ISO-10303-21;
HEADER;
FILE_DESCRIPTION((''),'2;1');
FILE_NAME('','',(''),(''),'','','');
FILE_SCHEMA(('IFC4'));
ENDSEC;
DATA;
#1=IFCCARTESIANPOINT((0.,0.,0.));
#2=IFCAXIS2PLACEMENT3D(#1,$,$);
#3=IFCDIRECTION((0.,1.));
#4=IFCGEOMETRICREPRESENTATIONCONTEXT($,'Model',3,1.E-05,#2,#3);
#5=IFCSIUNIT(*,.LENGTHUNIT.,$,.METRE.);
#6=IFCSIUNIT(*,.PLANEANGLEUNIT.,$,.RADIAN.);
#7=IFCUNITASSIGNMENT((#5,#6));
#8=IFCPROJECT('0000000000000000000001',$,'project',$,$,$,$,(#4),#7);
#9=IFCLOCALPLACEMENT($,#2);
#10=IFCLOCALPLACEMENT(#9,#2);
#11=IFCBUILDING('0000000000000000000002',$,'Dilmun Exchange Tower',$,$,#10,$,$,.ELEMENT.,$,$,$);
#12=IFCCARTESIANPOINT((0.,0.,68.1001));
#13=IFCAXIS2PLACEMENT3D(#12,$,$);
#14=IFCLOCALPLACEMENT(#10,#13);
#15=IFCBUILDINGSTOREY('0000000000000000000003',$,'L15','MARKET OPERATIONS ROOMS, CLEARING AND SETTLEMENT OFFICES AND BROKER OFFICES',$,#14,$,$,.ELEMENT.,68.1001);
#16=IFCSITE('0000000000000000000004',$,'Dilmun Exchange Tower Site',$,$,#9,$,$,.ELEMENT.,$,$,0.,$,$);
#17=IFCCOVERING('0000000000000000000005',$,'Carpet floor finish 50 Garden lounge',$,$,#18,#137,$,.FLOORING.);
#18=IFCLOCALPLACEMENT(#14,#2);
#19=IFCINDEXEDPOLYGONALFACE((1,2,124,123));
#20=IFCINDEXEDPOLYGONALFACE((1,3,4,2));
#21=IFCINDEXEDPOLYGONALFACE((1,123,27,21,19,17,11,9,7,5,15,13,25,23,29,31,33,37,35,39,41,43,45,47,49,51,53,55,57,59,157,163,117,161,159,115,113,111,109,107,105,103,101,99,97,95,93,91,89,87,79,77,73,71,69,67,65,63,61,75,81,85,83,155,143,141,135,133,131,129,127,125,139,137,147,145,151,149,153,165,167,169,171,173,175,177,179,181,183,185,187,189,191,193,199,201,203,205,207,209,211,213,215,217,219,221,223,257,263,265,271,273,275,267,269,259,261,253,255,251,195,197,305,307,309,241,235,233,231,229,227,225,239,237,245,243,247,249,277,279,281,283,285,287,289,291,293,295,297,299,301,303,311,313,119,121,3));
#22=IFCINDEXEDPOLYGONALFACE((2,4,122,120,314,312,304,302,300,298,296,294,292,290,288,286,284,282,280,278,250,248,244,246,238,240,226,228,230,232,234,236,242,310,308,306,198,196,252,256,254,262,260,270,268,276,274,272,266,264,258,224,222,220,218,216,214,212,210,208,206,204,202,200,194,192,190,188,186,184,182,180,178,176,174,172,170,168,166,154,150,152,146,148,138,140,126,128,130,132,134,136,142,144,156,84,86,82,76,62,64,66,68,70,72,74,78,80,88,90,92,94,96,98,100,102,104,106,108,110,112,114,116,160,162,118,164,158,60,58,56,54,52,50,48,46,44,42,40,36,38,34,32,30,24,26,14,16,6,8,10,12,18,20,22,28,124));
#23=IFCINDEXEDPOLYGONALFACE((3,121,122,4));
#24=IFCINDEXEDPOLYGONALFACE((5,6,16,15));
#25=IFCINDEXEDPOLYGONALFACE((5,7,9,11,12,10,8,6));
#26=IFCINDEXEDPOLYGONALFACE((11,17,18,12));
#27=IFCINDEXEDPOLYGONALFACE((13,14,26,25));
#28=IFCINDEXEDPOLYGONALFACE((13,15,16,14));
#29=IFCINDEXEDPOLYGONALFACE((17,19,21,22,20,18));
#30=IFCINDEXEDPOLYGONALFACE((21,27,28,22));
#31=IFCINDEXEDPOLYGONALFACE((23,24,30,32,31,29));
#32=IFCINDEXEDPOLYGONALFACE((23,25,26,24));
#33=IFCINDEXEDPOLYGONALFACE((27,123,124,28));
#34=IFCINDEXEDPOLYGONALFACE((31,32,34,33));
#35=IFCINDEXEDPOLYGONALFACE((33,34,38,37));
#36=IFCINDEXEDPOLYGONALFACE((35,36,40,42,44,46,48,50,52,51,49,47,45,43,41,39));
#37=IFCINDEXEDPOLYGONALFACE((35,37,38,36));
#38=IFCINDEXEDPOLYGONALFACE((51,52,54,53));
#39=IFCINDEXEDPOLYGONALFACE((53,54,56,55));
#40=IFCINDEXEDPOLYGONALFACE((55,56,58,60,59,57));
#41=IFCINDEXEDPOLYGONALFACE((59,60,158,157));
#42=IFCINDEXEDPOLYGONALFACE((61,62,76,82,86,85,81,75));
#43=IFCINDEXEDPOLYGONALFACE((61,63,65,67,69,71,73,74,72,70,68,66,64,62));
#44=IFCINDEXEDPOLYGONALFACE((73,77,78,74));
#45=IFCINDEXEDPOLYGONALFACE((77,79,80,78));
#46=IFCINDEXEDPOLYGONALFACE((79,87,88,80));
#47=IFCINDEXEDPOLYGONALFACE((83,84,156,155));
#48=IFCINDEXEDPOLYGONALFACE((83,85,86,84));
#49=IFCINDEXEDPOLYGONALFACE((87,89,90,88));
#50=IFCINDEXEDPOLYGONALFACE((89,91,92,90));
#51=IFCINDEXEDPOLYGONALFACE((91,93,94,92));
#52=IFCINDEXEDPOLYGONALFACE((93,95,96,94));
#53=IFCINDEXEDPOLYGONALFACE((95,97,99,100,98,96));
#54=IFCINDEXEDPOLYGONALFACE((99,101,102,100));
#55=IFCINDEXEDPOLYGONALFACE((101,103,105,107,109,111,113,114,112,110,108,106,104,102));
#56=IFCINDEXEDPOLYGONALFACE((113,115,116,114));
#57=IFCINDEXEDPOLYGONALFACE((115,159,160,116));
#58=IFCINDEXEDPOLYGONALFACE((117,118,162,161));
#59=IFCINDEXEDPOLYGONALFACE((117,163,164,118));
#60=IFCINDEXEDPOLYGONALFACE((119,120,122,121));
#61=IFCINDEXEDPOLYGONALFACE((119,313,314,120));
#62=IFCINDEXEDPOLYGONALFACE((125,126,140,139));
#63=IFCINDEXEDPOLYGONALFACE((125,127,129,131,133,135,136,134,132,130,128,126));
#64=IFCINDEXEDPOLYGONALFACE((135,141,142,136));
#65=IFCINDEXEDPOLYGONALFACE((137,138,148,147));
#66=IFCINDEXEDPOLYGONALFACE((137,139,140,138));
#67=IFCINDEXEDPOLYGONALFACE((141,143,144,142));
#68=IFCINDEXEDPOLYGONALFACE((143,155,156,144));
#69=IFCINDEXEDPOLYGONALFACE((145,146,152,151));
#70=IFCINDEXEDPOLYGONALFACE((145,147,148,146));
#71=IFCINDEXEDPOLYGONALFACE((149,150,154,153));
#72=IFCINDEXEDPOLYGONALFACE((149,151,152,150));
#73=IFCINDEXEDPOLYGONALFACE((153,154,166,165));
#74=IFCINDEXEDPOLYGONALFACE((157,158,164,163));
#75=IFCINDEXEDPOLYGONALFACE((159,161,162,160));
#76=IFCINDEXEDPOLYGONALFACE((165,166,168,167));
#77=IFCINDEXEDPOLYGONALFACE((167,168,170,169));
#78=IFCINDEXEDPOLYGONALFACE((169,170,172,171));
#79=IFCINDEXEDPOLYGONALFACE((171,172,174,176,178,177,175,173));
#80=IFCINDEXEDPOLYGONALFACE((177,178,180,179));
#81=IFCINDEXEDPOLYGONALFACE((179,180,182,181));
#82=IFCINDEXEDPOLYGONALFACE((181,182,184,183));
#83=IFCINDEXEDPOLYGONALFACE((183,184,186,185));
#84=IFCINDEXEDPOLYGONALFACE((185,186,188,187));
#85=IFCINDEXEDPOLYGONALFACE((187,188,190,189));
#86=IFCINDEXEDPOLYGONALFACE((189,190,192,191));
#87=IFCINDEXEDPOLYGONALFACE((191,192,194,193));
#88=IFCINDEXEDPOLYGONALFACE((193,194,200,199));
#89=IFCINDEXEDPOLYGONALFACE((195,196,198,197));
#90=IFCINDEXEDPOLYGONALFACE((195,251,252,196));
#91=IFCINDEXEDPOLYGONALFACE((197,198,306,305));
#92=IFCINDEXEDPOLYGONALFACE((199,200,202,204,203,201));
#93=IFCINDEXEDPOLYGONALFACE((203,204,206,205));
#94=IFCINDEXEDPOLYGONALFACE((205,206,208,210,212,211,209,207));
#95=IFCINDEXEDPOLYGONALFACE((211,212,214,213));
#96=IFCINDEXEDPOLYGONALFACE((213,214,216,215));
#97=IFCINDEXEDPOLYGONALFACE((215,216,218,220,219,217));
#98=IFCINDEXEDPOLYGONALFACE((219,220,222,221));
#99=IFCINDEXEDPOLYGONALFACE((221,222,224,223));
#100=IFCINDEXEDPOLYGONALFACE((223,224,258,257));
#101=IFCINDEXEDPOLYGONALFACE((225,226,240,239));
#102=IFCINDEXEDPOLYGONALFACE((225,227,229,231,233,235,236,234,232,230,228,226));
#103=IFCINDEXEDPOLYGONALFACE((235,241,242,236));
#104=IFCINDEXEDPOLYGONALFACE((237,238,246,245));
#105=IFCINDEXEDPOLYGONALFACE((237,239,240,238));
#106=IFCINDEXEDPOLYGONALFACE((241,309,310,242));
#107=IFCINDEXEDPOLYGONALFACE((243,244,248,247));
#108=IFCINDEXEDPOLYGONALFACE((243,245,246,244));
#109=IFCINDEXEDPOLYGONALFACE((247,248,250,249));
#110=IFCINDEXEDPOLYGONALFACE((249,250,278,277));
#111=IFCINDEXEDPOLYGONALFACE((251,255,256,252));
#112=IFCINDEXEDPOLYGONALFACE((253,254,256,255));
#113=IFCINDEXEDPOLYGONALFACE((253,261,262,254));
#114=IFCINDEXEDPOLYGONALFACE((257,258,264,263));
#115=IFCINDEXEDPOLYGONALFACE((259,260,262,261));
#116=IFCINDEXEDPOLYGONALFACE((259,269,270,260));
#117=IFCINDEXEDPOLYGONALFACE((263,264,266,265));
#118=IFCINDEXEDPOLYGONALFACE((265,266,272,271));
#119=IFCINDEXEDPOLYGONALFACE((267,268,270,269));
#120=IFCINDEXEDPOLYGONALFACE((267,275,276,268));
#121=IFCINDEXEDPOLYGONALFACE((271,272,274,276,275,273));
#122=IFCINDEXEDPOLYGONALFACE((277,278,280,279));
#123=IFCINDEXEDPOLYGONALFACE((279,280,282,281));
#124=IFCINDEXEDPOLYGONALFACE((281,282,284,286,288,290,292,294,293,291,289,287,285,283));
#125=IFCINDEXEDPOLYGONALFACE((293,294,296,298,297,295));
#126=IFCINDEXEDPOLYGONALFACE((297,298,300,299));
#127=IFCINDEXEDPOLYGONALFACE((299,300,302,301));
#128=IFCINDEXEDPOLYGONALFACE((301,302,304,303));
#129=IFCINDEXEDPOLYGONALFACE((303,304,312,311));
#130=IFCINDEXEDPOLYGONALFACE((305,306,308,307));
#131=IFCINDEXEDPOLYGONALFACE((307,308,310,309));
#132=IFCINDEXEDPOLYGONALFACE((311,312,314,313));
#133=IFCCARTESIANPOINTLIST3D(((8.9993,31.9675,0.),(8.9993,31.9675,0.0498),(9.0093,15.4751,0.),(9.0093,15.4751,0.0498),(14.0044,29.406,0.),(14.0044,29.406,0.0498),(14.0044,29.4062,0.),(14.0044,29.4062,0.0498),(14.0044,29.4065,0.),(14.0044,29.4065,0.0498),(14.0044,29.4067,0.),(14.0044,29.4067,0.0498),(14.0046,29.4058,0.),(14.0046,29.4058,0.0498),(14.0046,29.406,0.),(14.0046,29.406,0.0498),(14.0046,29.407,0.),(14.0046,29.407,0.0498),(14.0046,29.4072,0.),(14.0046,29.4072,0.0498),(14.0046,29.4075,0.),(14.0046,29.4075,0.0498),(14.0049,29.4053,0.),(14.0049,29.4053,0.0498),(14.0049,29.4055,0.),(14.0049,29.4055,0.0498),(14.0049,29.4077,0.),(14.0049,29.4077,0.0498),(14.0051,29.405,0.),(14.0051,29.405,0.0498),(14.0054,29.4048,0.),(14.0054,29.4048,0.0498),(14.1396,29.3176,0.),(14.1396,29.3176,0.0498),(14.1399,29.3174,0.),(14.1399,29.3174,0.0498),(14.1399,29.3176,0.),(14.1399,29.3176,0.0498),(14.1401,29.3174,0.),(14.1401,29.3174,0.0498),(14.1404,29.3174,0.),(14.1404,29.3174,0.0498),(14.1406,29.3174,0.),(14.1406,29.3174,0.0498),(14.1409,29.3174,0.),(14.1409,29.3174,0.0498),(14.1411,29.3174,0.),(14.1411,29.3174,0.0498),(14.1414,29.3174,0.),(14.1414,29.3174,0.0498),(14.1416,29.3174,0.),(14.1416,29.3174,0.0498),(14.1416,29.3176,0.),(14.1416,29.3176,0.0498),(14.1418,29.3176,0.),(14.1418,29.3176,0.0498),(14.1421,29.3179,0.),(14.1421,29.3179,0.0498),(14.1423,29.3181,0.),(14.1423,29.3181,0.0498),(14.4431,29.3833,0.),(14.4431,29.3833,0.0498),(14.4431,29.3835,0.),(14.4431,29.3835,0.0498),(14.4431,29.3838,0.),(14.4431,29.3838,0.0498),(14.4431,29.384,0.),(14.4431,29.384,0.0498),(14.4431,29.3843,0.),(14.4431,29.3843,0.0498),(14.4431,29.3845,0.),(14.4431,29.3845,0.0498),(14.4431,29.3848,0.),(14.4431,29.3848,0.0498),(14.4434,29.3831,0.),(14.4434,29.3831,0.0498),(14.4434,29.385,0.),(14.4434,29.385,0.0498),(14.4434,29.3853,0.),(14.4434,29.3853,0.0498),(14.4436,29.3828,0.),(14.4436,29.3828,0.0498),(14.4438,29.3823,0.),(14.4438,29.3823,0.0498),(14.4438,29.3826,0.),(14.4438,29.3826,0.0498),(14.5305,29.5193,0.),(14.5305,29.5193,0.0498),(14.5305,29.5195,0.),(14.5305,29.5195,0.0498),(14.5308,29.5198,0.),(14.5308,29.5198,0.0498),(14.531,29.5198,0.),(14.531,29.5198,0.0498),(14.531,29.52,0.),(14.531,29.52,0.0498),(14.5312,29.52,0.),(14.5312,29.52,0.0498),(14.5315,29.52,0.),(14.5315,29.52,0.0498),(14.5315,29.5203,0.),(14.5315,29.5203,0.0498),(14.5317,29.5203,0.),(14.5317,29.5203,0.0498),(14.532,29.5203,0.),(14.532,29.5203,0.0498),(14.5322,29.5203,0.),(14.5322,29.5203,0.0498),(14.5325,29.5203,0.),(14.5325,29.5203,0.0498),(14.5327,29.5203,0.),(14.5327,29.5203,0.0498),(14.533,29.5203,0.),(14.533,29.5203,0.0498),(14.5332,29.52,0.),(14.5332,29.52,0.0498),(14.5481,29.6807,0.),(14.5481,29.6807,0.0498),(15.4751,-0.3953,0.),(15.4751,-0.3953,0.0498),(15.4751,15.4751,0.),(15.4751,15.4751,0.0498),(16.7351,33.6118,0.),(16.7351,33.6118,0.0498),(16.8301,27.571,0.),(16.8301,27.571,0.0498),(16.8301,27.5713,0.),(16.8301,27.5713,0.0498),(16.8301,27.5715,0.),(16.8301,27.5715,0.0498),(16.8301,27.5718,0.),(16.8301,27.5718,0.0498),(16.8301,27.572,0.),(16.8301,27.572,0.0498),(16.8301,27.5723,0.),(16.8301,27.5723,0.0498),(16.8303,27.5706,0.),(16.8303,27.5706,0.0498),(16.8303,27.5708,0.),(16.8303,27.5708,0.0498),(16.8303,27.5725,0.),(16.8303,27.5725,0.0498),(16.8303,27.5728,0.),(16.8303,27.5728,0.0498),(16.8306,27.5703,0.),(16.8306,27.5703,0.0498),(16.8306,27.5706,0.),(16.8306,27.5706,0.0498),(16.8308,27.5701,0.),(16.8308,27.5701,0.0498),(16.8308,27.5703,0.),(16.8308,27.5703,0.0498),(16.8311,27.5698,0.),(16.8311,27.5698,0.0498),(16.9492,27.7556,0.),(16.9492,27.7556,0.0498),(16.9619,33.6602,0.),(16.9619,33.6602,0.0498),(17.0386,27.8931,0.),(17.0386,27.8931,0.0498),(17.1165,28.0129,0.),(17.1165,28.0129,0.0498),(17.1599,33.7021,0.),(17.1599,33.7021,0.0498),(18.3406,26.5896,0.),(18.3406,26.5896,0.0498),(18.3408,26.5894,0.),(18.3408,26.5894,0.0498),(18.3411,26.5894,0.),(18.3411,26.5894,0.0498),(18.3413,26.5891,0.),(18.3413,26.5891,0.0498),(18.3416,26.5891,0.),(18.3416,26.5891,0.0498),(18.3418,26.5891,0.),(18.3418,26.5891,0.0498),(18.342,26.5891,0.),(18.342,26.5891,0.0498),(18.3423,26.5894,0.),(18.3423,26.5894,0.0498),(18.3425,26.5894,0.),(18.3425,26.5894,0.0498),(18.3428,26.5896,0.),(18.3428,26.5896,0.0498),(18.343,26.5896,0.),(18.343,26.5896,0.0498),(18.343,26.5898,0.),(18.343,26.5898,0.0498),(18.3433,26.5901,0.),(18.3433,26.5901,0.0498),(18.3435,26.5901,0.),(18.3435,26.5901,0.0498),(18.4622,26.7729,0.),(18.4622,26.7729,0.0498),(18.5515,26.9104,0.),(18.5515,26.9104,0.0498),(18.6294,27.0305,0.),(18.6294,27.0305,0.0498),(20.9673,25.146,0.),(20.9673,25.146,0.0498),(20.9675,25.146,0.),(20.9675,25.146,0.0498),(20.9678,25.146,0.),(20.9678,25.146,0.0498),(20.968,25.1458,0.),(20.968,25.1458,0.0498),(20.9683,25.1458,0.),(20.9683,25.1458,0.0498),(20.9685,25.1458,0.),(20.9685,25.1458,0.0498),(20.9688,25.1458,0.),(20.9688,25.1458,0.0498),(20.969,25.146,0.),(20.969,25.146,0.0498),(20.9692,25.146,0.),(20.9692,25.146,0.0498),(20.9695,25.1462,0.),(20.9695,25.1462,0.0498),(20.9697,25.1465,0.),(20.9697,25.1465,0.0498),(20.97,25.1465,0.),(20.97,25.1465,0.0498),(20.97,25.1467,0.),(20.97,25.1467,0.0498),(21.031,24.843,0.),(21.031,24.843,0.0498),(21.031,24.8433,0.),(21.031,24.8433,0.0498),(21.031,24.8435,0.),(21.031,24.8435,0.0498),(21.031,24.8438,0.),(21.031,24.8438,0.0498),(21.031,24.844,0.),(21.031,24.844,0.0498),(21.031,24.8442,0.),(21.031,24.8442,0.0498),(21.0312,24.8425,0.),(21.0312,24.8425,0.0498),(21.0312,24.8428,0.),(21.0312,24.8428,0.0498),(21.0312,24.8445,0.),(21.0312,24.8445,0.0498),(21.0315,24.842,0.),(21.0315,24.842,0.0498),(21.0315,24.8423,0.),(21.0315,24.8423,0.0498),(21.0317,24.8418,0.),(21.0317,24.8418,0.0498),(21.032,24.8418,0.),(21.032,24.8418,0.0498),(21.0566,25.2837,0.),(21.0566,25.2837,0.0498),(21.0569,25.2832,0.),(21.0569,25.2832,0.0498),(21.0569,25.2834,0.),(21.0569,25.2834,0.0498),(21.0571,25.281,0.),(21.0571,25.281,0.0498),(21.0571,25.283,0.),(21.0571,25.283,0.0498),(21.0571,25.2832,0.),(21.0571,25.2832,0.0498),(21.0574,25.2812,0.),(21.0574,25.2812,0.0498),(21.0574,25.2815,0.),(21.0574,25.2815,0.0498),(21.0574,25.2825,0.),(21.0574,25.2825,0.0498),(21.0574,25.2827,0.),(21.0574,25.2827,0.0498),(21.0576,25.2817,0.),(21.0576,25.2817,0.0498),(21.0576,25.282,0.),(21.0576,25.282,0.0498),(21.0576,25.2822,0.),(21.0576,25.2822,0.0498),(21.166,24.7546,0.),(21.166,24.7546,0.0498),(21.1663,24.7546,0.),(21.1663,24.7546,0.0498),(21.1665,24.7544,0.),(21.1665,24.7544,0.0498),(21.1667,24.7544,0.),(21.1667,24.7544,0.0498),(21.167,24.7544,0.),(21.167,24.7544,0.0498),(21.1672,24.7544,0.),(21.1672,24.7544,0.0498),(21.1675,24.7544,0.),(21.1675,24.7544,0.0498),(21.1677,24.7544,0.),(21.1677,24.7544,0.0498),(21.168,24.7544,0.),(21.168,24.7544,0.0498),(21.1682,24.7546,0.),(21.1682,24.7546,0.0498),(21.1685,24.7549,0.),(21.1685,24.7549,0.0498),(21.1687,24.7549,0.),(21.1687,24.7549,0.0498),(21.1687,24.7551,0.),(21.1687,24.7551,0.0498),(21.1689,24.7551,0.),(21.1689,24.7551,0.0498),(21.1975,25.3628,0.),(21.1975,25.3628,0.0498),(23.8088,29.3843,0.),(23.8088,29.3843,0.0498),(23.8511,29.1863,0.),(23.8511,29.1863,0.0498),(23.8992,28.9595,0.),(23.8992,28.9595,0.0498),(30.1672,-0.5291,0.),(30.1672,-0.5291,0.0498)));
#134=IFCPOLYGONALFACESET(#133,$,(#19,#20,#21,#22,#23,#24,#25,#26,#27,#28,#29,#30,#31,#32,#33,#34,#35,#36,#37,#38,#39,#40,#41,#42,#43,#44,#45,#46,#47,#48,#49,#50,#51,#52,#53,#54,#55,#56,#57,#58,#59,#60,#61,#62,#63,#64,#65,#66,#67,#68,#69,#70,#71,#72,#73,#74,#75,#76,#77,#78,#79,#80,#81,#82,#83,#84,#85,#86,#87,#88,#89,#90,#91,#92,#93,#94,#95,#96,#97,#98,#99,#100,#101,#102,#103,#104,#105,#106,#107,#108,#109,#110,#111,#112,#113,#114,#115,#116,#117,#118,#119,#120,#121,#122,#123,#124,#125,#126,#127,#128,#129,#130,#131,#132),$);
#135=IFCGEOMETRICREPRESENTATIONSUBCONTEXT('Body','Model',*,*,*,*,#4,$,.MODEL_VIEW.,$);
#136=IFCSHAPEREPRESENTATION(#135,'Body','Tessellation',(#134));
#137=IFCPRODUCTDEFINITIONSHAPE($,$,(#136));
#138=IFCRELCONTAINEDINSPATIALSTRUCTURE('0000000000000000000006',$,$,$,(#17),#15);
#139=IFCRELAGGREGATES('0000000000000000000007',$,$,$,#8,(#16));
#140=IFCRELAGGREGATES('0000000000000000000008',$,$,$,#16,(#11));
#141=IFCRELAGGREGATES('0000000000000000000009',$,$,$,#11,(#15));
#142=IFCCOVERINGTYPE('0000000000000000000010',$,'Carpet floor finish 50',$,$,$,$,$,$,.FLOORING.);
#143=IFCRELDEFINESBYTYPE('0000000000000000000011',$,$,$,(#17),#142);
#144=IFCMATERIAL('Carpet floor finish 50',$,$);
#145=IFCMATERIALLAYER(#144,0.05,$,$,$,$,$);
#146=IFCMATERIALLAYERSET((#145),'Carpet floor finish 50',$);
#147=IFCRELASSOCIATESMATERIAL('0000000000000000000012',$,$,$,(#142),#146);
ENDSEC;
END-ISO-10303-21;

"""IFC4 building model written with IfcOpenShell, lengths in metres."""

from ifc_helpers import new_model, si_unit, direction, frame, origin, place, context, subcontext, project, spatial, polyline, outline, extrude, material, layer, layer_set, type_object, element, save


model = new_model("IFC4")

# Units and contexts
model_context = context("Model", 3, precision=1e-05, world=origin(), true_north=direction((0.0, 1.0)))
body_context = subcontext(model_context, "Body", "Model", "MODEL_VIEW")
ifc_project = project(units=[si_unit("LENGTHUNIT", "METRE"), si_unit("PLANEANGLEUNIT", "RADIAN")], contexts=[model_context])

# Site, building, storey
site_placement = place(None, origin())
site = spatial("IfcSite", under=ifc_project, at=site_placement, Name="Dilmun Exchange Tower Site", CompositionType="ELEMENT", RefElevation=0.0)
building_placement = place(site_placement, origin())
building = spatial("IfcBuilding", under=site, at=building_placement, Name="Dilmun Exchange Tower", CompositionType="ELEMENT")
storey_placement = place(building_placement, frame((0.0, 0.0, 68.1001)))
storey = spatial("IfcBuildingStorey", under=building, at=storey_placement, Name="L15", Description="MARKET OPERATIONS ROOMS, CLEARING AND SETTLEMENT OFFICES AND BROKER OFFICES", CompositionType="ELEMENT", Elevation=68.1001)

# Covering
ifc_material_1 = material(Name="Carpet floor finish 50")
ifc_layer_1 = layer(ifc_material_1, 0.05)
ifc_layer_set_1 = layer_set([ifc_layer_1], Name="Carpet floor finish 50")
covering_type_1 = type_object("IfcCoveringType", Name="Carpet floor finish 50", PredefinedType="FLOORING", material=ifc_layer_set_1)
covering_1_placement = place(storey_placement, origin())
element("IfcCovering", 1, at=covering_1_placement, inside=storey, type_object=covering_type_1, Name="Carpet floor finish 50 Garden lounge", PredefinedType="FLOORING", context=body_context, shape_type="SweptSolid", body=[
    extrude(outline(polyline([(14.5481, 29.6807), (17.1165, 28.0129), (17.0386, 27.8931), (14.5332, 29.52), (14.5332, 29.52), (14.533, 29.5203), (14.5327, 29.5203), (14.5325, 29.5203), (14.5322, 29.5203), (14.532, 29.5203), (14.532, 29.5203), (14.5317, 29.5203), (14.5315, 29.5203), (14.5315, 29.52), (14.5312, 29.52), (14.531, 29.52), (14.531, 29.5198), (14.5308, 29.5198), (14.5305, 29.5195), (14.5305, 29.5193), (14.4434, 29.3853), (14.4434, 29.385), (14.4431, 29.3848), (14.4431, 29.3848), (14.4431, 29.3845), (14.4431, 29.3843), (14.4431, 29.384), (14.4431, 29.3838), (14.4431, 29.3838), (14.4431, 29.3835), (14.4431, 29.3833), (14.4434, 29.3831), (14.4434, 29.3831), (14.4436, 29.3828), (14.4436, 29.3828), (14.4438, 29.3826), (14.4438, 29.3823), (16.9492, 27.7556), (16.8303, 27.5728), (16.8303, 27.5725), (16.8301, 27.5723), (16.8301, 27.5723), (16.8301, 27.572), (16.8301, 27.5718), (16.8301, 27.5715), (16.8301, 27.5713), (16.8301, 27.5713), (16.8301, 27.571), (16.8303, 27.5708), (16.8303, 27.5706), (16.8306, 27.5706), (16.8306, 27.5703), (16.8308, 27.5703), (16.8308, 27.5701), (16.8311, 27.5698), (18.3406, 26.5896), (18.3408, 26.5894), (18.3411, 26.5894), (18.3411, 26.5894), (18.3413, 26.5891), (18.3416, 26.5891), (18.3418, 26.5891), (18.3418, 26.5891), (18.342, 26.5891), (18.3423, 26.5894), (18.3425, 26.5894), (18.3428, 26.5896), (18.3428, 26.5896), (18.343, 26.5896), (18.343, 26.5898), (18.3433, 26.5901), (18.3435, 26.5901), (18.4622, 26.7729), (20.9673, 25.146), (20.9673, 25.146), (20.9675, 25.146), (20.9678, 25.146), (20.968, 25.1458), (20.9683, 25.1458), (20.9685, 25.1458), (20.9685, 25.1458), (20.9688, 25.1458), (20.969, 25.146), (20.969, 25.146), (20.9692, 25.146), (20.9695, 25.1462), (20.9695, 25.1462), (20.9697, 25.1465), (20.97, 25.1465), (20.97, 25.1467), (21.0571, 25.281), (21.0571, 25.281), (21.0574, 25.2812), (21.0574, 25.2815), (21.0574, 25.2815), (21.0576, 25.2817), (21.0576, 25.282), (21.0576, 25.2822), (21.0574, 25.2825), (21.0574, 25.2827), (21.0574, 25.2827), (21.0571, 25.283), (21.0571, 25.2832), (21.0569, 25.2832), (21.0569, 25.2834), (21.0566, 25.2837), (21.0566, 25.2837), (18.5515, 26.9104), (18.6294, 27.0305), (21.1975, 25.3628), (23.8088, 29.3843), (23.8511, 29.1863), (21.0312, 24.8445), (21.0312, 24.8445), (21.031, 24.8442), (21.031, 24.844), (21.031, 24.8438), (21.031, 24.8435), (21.031, 24.8435), (21.031, 24.8433), (21.031, 24.843), (21.031, 24.843), (21.0312, 24.8428), (21.0312, 24.8425), (21.0315, 24.8423), (21.0315, 24.8423), (21.0315, 24.842), (21.0317, 24.8418), (21.032, 24.8418), (21.166, 24.7546), (21.1663, 24.7546), (21.1665, 24.7544), (21.1665, 24.7544), (21.1667, 24.7544), (21.167, 24.7544), (21.1672, 24.7544), (21.1675, 24.7544), (21.1675, 24.7544), (21.1677, 24.7544), (21.168, 24.7544), (21.1682, 24.7546), (21.1682, 24.7546), (21.1685, 24.7549), (21.1687, 24.7549), (21.1687, 24.7551), (21.1689, 24.7551), (23.8992, 28.9595), (30.1672, -0.5291), (15.4751, -0.3953), (15.4751, 15.4751), (9.0093, 15.4751), (8.9993, 31.9675), (16.7351, 33.6118), (14.0049, 29.4077), (14.0046, 29.4075), (14.0046, 29.4072), (14.0046, 29.407), (14.0044, 29.4067), (14.0044, 29.4065), (14.0044, 29.4065), (14.0044, 29.4062), (14.0044, 29.406), (14.0046, 29.406), (14.0046, 29.4058), (14.0049, 29.4055), (14.0049, 29.4053), (14.0049, 29.4053), (14.0051, 29.405), (14.0054, 29.4048), (14.0054, 29.4048), (14.1396, 29.3176), (14.1399, 29.3176), (14.1399, 29.3174), (14.1401, 29.3174), (14.1404, 29.3174), (14.1404, 29.3174), (14.1406, 29.3174), (14.1409, 29.3174), (14.1411, 29.3174), (14.1414, 29.3174), (14.1416, 29.3174), (14.1416, 29.3176), (14.1418, 29.3176), (14.1421, 29.3179), (14.1421, 29.3179), (14.1423, 29.3181), (14.1423, 29.3181), (16.9619, 33.6602), (17.1599, 33.7021), (14.5481, 29.6807)])), origin(), (0.0, 0.0, 1.0), 0.0498),
])

save(model, "model.ifc")
